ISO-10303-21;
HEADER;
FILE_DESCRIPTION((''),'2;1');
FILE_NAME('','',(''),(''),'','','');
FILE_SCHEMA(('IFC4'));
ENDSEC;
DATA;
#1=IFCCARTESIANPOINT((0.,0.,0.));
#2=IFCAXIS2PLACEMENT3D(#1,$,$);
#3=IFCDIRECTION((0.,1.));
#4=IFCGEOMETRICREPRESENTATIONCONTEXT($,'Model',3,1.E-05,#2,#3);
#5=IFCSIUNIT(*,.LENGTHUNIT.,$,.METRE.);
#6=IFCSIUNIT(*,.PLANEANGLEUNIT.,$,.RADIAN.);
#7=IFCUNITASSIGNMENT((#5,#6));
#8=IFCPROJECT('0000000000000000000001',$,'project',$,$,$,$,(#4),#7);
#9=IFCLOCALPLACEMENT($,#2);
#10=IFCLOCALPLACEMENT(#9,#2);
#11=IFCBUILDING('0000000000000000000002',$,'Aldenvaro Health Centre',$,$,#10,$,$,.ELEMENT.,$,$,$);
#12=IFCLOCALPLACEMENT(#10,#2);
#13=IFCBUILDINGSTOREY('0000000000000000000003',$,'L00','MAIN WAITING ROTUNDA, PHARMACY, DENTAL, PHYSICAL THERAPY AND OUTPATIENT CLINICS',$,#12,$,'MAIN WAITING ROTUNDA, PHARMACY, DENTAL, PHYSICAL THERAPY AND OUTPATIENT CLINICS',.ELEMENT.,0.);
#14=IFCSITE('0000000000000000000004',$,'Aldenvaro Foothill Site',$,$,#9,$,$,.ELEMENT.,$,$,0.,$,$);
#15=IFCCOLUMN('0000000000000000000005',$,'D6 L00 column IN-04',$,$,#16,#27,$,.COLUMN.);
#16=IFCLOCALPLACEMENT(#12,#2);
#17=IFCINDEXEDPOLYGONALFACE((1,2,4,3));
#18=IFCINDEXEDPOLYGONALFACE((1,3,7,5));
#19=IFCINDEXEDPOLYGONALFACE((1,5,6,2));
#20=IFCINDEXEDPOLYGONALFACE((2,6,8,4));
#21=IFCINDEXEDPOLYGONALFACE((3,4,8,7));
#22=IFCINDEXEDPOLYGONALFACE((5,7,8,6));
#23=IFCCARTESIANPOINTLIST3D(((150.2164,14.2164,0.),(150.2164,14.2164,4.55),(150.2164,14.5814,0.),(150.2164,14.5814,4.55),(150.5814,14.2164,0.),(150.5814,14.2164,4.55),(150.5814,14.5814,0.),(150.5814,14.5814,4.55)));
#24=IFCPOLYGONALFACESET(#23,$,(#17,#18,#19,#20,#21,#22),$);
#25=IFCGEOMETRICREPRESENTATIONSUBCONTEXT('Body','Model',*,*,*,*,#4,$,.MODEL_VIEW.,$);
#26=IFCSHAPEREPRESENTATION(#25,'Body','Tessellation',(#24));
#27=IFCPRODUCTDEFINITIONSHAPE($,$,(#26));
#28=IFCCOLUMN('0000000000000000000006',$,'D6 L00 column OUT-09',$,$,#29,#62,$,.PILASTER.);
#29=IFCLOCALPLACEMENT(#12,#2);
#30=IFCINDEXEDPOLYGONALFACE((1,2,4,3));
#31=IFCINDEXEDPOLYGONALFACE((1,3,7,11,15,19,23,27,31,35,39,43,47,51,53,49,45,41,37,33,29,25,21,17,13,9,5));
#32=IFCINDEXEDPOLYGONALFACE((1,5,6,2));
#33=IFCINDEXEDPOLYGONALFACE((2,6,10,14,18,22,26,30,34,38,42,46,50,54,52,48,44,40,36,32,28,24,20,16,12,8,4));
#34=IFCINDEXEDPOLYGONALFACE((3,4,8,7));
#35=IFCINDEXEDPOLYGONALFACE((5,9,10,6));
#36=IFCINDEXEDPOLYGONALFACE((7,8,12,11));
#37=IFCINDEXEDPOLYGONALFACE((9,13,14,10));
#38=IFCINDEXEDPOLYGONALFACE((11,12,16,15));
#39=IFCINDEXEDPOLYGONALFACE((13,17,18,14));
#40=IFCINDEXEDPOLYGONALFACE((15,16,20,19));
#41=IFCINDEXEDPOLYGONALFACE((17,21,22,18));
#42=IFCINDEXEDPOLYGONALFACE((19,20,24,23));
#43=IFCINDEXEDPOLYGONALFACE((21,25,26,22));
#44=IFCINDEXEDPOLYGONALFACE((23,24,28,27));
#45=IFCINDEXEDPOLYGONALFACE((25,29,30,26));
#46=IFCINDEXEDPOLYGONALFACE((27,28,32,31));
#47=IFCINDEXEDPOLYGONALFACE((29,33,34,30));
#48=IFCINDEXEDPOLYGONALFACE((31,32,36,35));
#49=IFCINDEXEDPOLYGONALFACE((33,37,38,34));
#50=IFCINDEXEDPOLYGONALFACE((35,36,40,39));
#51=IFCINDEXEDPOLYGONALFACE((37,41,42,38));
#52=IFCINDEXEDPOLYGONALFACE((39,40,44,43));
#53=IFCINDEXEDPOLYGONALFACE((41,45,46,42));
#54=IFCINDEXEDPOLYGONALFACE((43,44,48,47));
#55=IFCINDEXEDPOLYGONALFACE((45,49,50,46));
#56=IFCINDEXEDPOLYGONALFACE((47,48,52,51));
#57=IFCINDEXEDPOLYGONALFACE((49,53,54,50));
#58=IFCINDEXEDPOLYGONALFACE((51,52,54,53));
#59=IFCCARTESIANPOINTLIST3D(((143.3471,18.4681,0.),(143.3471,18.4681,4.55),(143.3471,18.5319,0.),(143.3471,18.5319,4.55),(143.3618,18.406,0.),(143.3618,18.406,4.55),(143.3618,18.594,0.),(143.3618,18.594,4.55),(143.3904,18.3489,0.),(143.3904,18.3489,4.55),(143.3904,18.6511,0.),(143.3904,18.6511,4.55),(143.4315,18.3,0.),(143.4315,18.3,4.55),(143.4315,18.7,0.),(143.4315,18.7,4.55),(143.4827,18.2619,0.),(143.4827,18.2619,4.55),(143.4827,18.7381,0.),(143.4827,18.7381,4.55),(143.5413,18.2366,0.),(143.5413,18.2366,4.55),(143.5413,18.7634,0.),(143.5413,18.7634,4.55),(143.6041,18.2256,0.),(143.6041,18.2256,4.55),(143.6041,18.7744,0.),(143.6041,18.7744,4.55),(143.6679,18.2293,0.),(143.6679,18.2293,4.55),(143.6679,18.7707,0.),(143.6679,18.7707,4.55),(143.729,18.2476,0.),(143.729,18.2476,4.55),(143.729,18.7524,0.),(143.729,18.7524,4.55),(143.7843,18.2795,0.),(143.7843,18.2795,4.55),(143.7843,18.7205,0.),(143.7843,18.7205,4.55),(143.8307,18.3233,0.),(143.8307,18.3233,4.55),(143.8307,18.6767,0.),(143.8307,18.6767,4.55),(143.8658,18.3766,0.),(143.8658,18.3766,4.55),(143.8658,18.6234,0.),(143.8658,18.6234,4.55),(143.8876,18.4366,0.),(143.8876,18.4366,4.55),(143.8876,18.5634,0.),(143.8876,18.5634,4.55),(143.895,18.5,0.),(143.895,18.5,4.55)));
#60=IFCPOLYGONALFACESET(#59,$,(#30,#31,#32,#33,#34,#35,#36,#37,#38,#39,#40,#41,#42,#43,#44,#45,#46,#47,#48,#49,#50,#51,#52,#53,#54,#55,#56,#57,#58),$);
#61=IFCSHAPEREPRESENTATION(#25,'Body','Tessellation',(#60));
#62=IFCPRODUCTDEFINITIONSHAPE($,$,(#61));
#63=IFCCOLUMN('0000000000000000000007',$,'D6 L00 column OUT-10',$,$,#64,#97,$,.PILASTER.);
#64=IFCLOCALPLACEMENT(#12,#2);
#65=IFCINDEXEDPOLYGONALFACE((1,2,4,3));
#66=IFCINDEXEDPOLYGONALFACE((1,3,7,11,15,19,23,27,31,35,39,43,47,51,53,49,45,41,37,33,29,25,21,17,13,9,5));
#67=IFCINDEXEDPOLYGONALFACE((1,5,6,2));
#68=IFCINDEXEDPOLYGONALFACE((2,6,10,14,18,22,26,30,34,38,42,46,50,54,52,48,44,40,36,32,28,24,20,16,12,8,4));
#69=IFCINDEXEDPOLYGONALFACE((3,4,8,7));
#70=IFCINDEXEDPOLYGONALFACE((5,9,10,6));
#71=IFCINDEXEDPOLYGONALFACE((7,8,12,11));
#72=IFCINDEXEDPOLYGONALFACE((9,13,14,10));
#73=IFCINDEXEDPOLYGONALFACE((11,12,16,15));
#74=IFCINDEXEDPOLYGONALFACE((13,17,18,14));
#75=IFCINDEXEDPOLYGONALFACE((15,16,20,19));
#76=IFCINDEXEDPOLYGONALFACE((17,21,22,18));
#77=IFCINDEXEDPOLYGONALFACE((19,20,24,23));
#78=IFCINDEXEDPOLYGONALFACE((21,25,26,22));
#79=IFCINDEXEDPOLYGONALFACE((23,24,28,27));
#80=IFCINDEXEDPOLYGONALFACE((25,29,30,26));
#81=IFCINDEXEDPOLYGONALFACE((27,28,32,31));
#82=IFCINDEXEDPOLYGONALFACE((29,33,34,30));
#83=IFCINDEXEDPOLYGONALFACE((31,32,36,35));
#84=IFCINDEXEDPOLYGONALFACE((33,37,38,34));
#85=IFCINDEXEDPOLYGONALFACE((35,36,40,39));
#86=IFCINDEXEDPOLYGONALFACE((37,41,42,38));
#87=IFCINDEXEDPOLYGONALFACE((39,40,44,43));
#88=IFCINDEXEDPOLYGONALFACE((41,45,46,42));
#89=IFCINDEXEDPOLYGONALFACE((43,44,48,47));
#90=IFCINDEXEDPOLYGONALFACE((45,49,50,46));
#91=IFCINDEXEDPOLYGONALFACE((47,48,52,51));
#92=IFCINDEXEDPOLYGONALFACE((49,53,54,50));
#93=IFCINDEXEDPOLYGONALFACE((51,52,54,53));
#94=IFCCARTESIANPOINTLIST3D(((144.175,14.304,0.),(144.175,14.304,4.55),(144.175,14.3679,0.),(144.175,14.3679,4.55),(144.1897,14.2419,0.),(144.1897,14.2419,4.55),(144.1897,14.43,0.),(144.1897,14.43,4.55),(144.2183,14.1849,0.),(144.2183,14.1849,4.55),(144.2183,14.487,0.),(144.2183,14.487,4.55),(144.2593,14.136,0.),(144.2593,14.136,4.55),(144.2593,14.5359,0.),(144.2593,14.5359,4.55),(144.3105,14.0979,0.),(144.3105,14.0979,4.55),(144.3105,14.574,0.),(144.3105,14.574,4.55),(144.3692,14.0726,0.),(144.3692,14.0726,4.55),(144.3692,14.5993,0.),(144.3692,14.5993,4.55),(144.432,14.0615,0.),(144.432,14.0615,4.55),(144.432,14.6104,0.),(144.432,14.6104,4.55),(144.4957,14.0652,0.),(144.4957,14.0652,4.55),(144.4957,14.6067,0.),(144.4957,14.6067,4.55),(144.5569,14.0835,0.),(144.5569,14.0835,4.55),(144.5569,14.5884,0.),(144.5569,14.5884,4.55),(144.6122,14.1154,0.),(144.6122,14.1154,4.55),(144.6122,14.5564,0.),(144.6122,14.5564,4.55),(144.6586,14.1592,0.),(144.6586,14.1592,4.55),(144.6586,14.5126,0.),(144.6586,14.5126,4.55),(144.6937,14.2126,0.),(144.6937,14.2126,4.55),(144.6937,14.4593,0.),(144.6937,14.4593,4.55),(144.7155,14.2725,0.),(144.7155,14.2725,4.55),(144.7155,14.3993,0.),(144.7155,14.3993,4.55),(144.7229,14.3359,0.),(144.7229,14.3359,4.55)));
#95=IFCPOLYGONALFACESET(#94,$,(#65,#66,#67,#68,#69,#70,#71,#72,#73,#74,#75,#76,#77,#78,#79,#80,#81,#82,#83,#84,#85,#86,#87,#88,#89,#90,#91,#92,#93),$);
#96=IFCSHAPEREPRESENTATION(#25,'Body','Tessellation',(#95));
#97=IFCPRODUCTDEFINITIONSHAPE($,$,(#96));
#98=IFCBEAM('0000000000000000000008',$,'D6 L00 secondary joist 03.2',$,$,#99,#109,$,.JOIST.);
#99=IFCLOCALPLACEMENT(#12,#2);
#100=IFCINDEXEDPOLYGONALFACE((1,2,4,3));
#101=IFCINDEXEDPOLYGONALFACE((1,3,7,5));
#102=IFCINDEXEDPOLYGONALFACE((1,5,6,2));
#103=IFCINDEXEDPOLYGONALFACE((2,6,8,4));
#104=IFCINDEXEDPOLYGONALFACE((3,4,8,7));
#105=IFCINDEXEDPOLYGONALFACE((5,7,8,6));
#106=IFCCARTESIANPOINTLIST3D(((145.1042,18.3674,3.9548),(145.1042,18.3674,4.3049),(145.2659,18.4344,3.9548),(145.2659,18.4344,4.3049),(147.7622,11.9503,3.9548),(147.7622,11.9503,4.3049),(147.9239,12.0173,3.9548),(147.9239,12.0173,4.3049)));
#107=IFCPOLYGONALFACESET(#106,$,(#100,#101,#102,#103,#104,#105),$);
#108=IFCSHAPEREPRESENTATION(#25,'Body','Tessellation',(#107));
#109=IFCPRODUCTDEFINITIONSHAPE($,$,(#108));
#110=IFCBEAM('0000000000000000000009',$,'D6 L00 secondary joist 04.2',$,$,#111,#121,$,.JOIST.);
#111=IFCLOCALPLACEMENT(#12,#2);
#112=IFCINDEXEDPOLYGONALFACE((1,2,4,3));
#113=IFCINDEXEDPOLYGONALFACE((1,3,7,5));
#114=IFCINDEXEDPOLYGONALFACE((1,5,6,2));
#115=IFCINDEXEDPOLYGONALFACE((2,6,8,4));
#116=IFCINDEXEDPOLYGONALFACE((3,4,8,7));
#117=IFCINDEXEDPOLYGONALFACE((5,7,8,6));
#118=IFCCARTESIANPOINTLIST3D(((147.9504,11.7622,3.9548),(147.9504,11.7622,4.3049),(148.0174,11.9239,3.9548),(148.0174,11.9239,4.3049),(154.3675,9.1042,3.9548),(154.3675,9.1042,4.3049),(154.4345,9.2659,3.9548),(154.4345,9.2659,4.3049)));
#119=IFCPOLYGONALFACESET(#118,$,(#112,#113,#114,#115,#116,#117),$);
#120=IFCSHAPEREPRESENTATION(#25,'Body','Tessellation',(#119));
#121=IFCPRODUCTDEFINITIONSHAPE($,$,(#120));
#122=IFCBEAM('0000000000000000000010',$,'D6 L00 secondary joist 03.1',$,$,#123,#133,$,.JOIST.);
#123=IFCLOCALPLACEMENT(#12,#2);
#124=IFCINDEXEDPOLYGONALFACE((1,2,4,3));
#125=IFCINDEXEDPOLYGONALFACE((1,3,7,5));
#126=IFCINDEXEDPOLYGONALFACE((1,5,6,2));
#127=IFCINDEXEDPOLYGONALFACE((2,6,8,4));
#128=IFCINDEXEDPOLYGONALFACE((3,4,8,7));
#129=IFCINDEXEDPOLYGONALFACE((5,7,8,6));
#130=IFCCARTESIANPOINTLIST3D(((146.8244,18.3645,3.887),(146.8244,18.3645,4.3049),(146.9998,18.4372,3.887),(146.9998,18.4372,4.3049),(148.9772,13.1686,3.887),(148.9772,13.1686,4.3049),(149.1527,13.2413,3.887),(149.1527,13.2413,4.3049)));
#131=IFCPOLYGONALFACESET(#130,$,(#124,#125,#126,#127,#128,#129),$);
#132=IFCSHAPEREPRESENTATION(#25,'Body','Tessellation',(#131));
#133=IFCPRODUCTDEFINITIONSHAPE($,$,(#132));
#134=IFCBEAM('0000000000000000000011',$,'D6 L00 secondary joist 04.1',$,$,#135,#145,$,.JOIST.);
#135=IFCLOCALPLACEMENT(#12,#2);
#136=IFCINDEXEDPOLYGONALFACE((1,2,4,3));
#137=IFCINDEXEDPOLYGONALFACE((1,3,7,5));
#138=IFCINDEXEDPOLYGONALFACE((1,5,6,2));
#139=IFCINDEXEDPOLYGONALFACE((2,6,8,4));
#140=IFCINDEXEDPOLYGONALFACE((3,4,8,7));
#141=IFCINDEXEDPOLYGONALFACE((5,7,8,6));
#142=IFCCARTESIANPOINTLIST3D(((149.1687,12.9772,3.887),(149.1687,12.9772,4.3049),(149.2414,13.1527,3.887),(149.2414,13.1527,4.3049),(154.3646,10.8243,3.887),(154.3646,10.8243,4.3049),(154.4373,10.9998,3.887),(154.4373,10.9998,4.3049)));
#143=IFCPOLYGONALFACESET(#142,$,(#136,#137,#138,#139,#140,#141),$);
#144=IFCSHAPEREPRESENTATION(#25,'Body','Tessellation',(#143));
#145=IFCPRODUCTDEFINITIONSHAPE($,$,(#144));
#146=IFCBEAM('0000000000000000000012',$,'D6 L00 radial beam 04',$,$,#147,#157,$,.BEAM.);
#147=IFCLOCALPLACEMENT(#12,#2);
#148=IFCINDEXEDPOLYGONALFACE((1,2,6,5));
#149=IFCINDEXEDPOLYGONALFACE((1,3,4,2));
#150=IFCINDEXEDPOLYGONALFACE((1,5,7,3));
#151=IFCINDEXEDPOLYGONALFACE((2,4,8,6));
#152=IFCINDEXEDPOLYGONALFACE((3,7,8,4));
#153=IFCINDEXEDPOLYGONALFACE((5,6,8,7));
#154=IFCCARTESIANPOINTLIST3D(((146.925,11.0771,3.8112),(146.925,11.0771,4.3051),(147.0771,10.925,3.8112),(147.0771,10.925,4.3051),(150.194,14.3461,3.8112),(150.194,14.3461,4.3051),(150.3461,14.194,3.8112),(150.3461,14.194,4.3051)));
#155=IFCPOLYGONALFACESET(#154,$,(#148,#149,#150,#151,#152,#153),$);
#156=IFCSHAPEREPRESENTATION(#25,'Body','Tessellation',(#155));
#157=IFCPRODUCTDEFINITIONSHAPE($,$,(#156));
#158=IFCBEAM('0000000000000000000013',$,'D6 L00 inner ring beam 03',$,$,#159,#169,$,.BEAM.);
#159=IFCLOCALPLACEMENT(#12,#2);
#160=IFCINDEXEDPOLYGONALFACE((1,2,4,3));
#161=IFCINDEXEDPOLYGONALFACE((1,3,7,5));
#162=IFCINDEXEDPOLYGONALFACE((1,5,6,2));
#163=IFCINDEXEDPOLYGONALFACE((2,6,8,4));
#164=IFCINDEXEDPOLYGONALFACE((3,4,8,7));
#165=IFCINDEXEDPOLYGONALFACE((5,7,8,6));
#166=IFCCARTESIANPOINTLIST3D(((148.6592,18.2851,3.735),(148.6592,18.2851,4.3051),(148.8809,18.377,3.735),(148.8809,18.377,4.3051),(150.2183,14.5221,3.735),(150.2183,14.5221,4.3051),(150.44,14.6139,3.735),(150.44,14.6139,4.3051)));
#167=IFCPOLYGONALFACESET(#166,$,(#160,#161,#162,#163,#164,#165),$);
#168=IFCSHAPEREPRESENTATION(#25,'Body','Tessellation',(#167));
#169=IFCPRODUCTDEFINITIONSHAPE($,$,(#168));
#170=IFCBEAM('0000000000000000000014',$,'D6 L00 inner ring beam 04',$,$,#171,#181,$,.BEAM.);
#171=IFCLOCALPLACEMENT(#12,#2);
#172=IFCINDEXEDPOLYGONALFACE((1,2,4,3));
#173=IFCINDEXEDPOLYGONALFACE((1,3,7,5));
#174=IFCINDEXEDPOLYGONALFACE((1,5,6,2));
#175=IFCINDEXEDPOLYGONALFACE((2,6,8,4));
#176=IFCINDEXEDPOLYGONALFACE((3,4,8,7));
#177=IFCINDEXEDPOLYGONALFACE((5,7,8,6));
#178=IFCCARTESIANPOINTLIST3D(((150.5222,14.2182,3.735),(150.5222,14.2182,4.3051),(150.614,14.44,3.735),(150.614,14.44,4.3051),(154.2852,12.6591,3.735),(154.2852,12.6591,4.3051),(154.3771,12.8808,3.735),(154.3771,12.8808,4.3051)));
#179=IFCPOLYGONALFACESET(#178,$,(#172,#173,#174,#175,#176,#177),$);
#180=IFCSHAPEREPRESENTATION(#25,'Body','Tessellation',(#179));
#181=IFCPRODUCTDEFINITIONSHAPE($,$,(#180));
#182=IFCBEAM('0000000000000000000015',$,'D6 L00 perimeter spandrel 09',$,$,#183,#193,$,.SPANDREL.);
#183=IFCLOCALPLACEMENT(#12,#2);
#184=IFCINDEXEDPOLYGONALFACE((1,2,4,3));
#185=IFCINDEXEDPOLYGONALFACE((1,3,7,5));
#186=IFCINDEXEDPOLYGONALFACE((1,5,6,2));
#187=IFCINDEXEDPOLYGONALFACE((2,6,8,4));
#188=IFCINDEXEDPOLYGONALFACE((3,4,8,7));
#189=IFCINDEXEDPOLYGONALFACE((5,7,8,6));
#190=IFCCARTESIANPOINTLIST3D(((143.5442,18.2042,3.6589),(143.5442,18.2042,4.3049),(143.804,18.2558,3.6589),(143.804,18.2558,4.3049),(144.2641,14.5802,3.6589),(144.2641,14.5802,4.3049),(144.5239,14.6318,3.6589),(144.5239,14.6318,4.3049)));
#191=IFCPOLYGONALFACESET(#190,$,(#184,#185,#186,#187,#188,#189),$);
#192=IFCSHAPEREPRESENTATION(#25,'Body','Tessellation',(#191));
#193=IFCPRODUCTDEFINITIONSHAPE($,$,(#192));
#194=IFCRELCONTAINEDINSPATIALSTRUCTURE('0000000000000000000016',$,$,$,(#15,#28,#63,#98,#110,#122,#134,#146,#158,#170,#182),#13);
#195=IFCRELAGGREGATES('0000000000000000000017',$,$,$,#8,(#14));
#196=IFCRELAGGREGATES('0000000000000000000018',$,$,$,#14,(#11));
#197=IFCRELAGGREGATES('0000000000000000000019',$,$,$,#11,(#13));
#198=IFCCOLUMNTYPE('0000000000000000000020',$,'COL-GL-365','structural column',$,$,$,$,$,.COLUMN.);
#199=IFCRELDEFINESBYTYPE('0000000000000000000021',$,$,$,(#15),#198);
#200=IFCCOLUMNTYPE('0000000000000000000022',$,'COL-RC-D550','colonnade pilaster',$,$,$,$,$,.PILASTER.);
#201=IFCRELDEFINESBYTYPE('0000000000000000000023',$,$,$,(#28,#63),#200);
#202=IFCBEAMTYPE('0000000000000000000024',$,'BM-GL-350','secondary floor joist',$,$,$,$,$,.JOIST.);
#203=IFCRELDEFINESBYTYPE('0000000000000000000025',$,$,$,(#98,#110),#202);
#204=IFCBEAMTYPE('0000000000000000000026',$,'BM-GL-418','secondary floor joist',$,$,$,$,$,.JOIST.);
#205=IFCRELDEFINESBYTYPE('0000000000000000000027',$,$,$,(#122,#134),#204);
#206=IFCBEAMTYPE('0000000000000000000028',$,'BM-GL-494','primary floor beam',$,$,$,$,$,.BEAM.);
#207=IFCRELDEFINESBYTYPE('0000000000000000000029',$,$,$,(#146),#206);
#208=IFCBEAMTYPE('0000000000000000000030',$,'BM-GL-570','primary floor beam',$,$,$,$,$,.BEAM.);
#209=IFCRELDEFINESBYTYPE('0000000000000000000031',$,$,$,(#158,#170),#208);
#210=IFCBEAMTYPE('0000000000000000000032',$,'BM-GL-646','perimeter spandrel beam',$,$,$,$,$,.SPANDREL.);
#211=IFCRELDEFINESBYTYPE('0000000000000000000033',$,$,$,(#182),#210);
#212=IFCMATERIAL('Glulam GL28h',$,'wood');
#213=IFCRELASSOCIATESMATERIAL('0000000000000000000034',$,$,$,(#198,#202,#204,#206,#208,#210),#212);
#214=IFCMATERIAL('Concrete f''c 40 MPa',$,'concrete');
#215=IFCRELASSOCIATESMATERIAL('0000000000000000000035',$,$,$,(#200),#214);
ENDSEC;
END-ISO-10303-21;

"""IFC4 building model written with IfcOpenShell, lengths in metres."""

from ifc_helpers import new_model, si_unit, direction, frame, origin, origin_2d, place, context, subcontext, project, spatial, rectangle, circle, extrude, material, material_profile, profile_set, type_object, element, save


model = new_model("IFC4")

# Units and contexts
model_context = context("Model", 3, precision=1e-05, world=origin(), true_north=direction((0.0, 1.0)))
body_context = subcontext(model_context, "Body", "Model", "MODEL_VIEW")
ifc_project = project(units=[si_unit("LENGTHUNIT", "METRE"), si_unit("PLANEANGLEUNIT", "RADIAN")], contexts=[model_context])

# Site, building, storey
site_placement = place(None, origin())
site = spatial("IfcSite", under=ifc_project, at=site_placement, Name="Aldenvaro Foothill Site", CompositionType="ELEMENT", RefElevation=0.0)
building_placement = place(site_placement, origin())
building = spatial("IfcBuilding", under=site, at=building_placement, Name="Aldenvaro Health Centre", CompositionType="ELEMENT")
storey_placement = place(building_placement, origin())
storey = spatial("IfcBuildingStorey", under=building, at=storey_placement, Name="L00", Description="MAIN WAITING ROTUNDA, PHARMACY, DENTAL, PHYSICAL THERAPY AND OUTPATIENT CLINICS", LongName="MAIN WAITING ROTUNDA, PHARMACY, DENTAL, PHYSICAL THERAPY AND OUTPATIENT CLINICS", CompositionType="ELEMENT", Elevation=0.0)

# Columns
ifc_material_1 = material(Name="Glulam GL28h", Category="wood")
ifc_material_profile_1 = material_profile(ifc_material_1, rectangle(XDim=0.365, YDim=0.365, at=origin_2d()), Name="GL 365x365", Category="wood")
ifc_profile_set_1 = profile_set([ifc_material_profile_1], Name="Glulam GL28h")
column_type_1 = type_object("IfcColumnType", Name="COL-GL-365", Description="structural column", PredefinedType="COLUMN", material=ifc_profile_set_1)
column_placement = place(storey_placement, frame((150.3989, 14.3989, 0.0), z_axis=(0.0, 0.0, 1.0), x_axis=(1.0, 0.0, 0.0)))
element("IfcColumn", 1, at=column_placement, inside=storey, type_object=column_type_1, Name="D6 L00 column IN-04", PredefinedType="COLUMN", context=body_context, shape_type="SweptSolid", body=[
    extrude(rectangle(XDim=0.365, YDim=0.365, at=origin_2d()), origin(), (0.0, 0.0, 1.0), 4.55),
])
ifc_material_2 = material(Name="Concrete f'c 40 MPa", Category="concrete")
ifc_material_profile_2 = material_profile(ifc_material_2, circle(Radius=0.2749, at=origin_2d()), Name="RC D550", Category="concrete")
ifc_profile_set_2 = profile_set([ifc_material_profile_2], Name="Concrete f'c 40 MPa")
column_type_2 = type_object("IfcColumnType", Name="COL-RC-D550", Description="colonnade pilaster", PredefinedType="PILASTER", material=ifc_profile_set_2)
for number, where, z_axis, x_axis, name in (
    (2, (143.6201, 18.5, 0.0), (0.0, 0.0, 1.0), (1.0, 0.0, 0.0), "D6 L00 column OUT-09"),
    (3, (144.448, 14.3359, 0.0), (0.0, 0.0, 1.0), (1.0, 0.0, 0.0), "D6 L00 column OUT-10"),
):
    element("IfcColumn", number, at=place(storey_placement, frame(where, z_axis=z_axis, x_axis=x_axis)), inside=storey, type_object=column_type_2, Name=name, PredefinedType="PILASTER", context=body_context, shape_type="SweptSolid", body=[
        extrude(circle(Radius=0.2749, at=origin_2d()), origin(), (0.0, 0.0, 1.0), 4.55),
    ])

# Beams
ifc_material_profile_3 = material_profile(ifc_material_1, rectangle(XDim=0.175, YDim=0.3501, at=origin_2d()), Name="GL 175x350", Category="wood")
ifc_profile_set_3 = profile_set([ifc_material_profile_3], Name="Glulam GL28h")
beam_type_1 = type_object("IfcBeamType", Name="BM-GL-350", Description="secondary floor joist", PredefinedType="JOIST", material=ifc_profile_set_3)
for number, where, z_axis, x_axis, name in (
    (4, (145.1851, 18.4009, 4.1299), (0.382678, -0.923882, 0.0), (0.923882, 0.382678, 0.0), "D6 L00 secondary joist 03.2"),
    (5, (147.9839, 11.843, 4.1299), (0.923882, -0.382678, 0.0), (0.382678, 0.923882, 0.0), "D6 L00 secondary joist 04.2"),
):
    element("IfcBeam", number, at=place(storey_placement, frame(where, z_axis=z_axis, x_axis=x_axis)), inside=storey, type_object=beam_type_1, Name=name, PredefinedType="JOIST", context=body_context, shape_type="SweptSolid", body=[
        extrude(rectangle(XDim=0.175, YDim=0.3501, at=origin_2d()), origin(), (0.0, 0.0, 1.0), 6.9458),
    ])
ifc_material_profile_4 = material_profile(ifc_material_1, rectangle(XDim=0.1899, YDim=0.418, at=origin_2d()), Name="GL 190x418", Category="wood")
ifc_profile_set_4 = profile_set([ifc_material_profile_4], Name="Glulam GL28h")
beam_type_2 = type_object("IfcBeamType", Name="BM-GL-418", Description="secondary floor joist", PredefinedType="JOIST", material=ifc_profile_set_4)
for number, where, z_axis, x_axis, name in (
    (6, (146.9121, 18.4009, 4.0959), (0.382784, -0.923838, 0.0), (0.923838, 0.382784, 0.0), "D6 L00 secondary joist 03.1"),
    (7, (149.2051, 13.0649, 4.0959), (0.923838, -0.382784, 0.0), (0.382784, 0.923838, 0.0), "D6 L00 secondary joist 04.1"),
):
    element("IfcBeam", number, at=place(storey_placement, frame(where, z_axis=z_axis, x_axis=x_axis)), inside=storey, type_object=beam_type_2, Name=name, PredefinedType="JOIST", context=body_context, shape_type="SweptSolid", body=[
        extrude(rectangle(XDim=0.1899, YDim=0.418, at=origin_2d()), origin(), (0.0, 0.0, 1.0), 5.6243),
    ])
ifc_material_profile_5 = material_profile(ifc_material_1, rectangle(XDim=0.2151, YDim=0.4939, at=origin_2d()), Name="GL 215x494", Category="wood")
ifc_profile_set_5 = profile_set([ifc_material_profile_5], Name="Glulam GL28h")
beam_type_3 = type_object("IfcBeamType", Name="BM-GL-494", Description="primary floor beam", PredefinedType="BEAM", material=ifc_profile_set_5)
beam_1_placement = place(storey_placement, frame((150.27, 14.27, 4.0581), z_axis=(-0.707107, -0.707107, 0.0), x_axis=(0.707107, -0.707107, 0.0)))
element("IfcBeam", 8, at=beam_1_placement, inside=storey, type_object=beam_type_3, Name="D6 L00 radial beam 04", PredefinedType="BEAM", context=body_context, shape_type="SweptSolid", body=[
    extrude(rectangle(XDim=0.2151, YDim=0.4939, at=origin_2d()), origin(), (0.0, 0.0, 1.0), 4.623),
])
ifc_material_profile_6 = material_profile(ifc_material_1, rectangle(XDim=0.24, YDim=0.5701, at=origin_2d()), Name="GL 240x570", Category="wood")
ifc_profile_set_6 = profile_set([ifc_material_profile_6], Name="Glulam GL28h")
beam_type_4 = type_object("IfcBeamType", Name="BM-GL-570", Description="primary floor beam", PredefinedType="BEAM", material=ifc_profile_set_6)
for number, where, z_axis, x_axis, name in (
    (9, (148.77, 18.3311, 4.02), (0.382772, -0.923843, 0.0), (0.923843, 0.382772, 0.0), "D6 L00 inner ring beam 03"),
    (10, (150.5681, 14.3291, 4.02), (0.923843, -0.382772, 0.0), (0.382772, 0.923843, 0.0), "D6 L00 inner ring beam 04"),
):
    element("IfcBeam", number, at=place(storey_placement, frame(where, z_axis=z_axis, x_axis=x_axis)), inside=storey, type_object=beam_type_4, Name=name, PredefinedType="BEAM", context=body_context, shape_type="SweptSolid", body=[
        extrude(rectangle(XDim=0.24, YDim=0.5701, at=origin_2d()), origin(), (0.0, 0.0, 1.0), 4.0732),
    ])
ifc_material_profile_7 = material_profile(ifc_material_1, rectangle(XDim=0.2649, YDim=0.646, at=origin_2d()), Name="GL 265x646", Category="wood")
ifc_profile_set_7 = profile_set([ifc_material_profile_7], Name="Glulam GL28h")
beam_type_5 = type_object("IfcBeamType", Name="BM-GL-646", Description="perimeter spandrel beam", PredefinedType="SPANDREL", material=ifc_profile_set_7)
beam_2_placement = place(storey_placement, frame((143.6741, 18.23, 3.9819), z_axis=(0.194858, -0.980831, 0.0), x_axis=(0.980831, 0.194858, 0.0)))
element("IfcBeam", 11, at=beam_2_placement, inside=storey, type_object=beam_type_5, Name="D6 L00 perimeter spandrel 09", PredefinedType="SPANDREL", context=body_context, shape_type="SweptSolid", body=[
    extrude(rectangle(XDim=0.2649, YDim=0.646, at=origin_2d()), origin(), (0.0, 0.0, 1.0), 3.6948),
])

save(model, "model.ifc")
